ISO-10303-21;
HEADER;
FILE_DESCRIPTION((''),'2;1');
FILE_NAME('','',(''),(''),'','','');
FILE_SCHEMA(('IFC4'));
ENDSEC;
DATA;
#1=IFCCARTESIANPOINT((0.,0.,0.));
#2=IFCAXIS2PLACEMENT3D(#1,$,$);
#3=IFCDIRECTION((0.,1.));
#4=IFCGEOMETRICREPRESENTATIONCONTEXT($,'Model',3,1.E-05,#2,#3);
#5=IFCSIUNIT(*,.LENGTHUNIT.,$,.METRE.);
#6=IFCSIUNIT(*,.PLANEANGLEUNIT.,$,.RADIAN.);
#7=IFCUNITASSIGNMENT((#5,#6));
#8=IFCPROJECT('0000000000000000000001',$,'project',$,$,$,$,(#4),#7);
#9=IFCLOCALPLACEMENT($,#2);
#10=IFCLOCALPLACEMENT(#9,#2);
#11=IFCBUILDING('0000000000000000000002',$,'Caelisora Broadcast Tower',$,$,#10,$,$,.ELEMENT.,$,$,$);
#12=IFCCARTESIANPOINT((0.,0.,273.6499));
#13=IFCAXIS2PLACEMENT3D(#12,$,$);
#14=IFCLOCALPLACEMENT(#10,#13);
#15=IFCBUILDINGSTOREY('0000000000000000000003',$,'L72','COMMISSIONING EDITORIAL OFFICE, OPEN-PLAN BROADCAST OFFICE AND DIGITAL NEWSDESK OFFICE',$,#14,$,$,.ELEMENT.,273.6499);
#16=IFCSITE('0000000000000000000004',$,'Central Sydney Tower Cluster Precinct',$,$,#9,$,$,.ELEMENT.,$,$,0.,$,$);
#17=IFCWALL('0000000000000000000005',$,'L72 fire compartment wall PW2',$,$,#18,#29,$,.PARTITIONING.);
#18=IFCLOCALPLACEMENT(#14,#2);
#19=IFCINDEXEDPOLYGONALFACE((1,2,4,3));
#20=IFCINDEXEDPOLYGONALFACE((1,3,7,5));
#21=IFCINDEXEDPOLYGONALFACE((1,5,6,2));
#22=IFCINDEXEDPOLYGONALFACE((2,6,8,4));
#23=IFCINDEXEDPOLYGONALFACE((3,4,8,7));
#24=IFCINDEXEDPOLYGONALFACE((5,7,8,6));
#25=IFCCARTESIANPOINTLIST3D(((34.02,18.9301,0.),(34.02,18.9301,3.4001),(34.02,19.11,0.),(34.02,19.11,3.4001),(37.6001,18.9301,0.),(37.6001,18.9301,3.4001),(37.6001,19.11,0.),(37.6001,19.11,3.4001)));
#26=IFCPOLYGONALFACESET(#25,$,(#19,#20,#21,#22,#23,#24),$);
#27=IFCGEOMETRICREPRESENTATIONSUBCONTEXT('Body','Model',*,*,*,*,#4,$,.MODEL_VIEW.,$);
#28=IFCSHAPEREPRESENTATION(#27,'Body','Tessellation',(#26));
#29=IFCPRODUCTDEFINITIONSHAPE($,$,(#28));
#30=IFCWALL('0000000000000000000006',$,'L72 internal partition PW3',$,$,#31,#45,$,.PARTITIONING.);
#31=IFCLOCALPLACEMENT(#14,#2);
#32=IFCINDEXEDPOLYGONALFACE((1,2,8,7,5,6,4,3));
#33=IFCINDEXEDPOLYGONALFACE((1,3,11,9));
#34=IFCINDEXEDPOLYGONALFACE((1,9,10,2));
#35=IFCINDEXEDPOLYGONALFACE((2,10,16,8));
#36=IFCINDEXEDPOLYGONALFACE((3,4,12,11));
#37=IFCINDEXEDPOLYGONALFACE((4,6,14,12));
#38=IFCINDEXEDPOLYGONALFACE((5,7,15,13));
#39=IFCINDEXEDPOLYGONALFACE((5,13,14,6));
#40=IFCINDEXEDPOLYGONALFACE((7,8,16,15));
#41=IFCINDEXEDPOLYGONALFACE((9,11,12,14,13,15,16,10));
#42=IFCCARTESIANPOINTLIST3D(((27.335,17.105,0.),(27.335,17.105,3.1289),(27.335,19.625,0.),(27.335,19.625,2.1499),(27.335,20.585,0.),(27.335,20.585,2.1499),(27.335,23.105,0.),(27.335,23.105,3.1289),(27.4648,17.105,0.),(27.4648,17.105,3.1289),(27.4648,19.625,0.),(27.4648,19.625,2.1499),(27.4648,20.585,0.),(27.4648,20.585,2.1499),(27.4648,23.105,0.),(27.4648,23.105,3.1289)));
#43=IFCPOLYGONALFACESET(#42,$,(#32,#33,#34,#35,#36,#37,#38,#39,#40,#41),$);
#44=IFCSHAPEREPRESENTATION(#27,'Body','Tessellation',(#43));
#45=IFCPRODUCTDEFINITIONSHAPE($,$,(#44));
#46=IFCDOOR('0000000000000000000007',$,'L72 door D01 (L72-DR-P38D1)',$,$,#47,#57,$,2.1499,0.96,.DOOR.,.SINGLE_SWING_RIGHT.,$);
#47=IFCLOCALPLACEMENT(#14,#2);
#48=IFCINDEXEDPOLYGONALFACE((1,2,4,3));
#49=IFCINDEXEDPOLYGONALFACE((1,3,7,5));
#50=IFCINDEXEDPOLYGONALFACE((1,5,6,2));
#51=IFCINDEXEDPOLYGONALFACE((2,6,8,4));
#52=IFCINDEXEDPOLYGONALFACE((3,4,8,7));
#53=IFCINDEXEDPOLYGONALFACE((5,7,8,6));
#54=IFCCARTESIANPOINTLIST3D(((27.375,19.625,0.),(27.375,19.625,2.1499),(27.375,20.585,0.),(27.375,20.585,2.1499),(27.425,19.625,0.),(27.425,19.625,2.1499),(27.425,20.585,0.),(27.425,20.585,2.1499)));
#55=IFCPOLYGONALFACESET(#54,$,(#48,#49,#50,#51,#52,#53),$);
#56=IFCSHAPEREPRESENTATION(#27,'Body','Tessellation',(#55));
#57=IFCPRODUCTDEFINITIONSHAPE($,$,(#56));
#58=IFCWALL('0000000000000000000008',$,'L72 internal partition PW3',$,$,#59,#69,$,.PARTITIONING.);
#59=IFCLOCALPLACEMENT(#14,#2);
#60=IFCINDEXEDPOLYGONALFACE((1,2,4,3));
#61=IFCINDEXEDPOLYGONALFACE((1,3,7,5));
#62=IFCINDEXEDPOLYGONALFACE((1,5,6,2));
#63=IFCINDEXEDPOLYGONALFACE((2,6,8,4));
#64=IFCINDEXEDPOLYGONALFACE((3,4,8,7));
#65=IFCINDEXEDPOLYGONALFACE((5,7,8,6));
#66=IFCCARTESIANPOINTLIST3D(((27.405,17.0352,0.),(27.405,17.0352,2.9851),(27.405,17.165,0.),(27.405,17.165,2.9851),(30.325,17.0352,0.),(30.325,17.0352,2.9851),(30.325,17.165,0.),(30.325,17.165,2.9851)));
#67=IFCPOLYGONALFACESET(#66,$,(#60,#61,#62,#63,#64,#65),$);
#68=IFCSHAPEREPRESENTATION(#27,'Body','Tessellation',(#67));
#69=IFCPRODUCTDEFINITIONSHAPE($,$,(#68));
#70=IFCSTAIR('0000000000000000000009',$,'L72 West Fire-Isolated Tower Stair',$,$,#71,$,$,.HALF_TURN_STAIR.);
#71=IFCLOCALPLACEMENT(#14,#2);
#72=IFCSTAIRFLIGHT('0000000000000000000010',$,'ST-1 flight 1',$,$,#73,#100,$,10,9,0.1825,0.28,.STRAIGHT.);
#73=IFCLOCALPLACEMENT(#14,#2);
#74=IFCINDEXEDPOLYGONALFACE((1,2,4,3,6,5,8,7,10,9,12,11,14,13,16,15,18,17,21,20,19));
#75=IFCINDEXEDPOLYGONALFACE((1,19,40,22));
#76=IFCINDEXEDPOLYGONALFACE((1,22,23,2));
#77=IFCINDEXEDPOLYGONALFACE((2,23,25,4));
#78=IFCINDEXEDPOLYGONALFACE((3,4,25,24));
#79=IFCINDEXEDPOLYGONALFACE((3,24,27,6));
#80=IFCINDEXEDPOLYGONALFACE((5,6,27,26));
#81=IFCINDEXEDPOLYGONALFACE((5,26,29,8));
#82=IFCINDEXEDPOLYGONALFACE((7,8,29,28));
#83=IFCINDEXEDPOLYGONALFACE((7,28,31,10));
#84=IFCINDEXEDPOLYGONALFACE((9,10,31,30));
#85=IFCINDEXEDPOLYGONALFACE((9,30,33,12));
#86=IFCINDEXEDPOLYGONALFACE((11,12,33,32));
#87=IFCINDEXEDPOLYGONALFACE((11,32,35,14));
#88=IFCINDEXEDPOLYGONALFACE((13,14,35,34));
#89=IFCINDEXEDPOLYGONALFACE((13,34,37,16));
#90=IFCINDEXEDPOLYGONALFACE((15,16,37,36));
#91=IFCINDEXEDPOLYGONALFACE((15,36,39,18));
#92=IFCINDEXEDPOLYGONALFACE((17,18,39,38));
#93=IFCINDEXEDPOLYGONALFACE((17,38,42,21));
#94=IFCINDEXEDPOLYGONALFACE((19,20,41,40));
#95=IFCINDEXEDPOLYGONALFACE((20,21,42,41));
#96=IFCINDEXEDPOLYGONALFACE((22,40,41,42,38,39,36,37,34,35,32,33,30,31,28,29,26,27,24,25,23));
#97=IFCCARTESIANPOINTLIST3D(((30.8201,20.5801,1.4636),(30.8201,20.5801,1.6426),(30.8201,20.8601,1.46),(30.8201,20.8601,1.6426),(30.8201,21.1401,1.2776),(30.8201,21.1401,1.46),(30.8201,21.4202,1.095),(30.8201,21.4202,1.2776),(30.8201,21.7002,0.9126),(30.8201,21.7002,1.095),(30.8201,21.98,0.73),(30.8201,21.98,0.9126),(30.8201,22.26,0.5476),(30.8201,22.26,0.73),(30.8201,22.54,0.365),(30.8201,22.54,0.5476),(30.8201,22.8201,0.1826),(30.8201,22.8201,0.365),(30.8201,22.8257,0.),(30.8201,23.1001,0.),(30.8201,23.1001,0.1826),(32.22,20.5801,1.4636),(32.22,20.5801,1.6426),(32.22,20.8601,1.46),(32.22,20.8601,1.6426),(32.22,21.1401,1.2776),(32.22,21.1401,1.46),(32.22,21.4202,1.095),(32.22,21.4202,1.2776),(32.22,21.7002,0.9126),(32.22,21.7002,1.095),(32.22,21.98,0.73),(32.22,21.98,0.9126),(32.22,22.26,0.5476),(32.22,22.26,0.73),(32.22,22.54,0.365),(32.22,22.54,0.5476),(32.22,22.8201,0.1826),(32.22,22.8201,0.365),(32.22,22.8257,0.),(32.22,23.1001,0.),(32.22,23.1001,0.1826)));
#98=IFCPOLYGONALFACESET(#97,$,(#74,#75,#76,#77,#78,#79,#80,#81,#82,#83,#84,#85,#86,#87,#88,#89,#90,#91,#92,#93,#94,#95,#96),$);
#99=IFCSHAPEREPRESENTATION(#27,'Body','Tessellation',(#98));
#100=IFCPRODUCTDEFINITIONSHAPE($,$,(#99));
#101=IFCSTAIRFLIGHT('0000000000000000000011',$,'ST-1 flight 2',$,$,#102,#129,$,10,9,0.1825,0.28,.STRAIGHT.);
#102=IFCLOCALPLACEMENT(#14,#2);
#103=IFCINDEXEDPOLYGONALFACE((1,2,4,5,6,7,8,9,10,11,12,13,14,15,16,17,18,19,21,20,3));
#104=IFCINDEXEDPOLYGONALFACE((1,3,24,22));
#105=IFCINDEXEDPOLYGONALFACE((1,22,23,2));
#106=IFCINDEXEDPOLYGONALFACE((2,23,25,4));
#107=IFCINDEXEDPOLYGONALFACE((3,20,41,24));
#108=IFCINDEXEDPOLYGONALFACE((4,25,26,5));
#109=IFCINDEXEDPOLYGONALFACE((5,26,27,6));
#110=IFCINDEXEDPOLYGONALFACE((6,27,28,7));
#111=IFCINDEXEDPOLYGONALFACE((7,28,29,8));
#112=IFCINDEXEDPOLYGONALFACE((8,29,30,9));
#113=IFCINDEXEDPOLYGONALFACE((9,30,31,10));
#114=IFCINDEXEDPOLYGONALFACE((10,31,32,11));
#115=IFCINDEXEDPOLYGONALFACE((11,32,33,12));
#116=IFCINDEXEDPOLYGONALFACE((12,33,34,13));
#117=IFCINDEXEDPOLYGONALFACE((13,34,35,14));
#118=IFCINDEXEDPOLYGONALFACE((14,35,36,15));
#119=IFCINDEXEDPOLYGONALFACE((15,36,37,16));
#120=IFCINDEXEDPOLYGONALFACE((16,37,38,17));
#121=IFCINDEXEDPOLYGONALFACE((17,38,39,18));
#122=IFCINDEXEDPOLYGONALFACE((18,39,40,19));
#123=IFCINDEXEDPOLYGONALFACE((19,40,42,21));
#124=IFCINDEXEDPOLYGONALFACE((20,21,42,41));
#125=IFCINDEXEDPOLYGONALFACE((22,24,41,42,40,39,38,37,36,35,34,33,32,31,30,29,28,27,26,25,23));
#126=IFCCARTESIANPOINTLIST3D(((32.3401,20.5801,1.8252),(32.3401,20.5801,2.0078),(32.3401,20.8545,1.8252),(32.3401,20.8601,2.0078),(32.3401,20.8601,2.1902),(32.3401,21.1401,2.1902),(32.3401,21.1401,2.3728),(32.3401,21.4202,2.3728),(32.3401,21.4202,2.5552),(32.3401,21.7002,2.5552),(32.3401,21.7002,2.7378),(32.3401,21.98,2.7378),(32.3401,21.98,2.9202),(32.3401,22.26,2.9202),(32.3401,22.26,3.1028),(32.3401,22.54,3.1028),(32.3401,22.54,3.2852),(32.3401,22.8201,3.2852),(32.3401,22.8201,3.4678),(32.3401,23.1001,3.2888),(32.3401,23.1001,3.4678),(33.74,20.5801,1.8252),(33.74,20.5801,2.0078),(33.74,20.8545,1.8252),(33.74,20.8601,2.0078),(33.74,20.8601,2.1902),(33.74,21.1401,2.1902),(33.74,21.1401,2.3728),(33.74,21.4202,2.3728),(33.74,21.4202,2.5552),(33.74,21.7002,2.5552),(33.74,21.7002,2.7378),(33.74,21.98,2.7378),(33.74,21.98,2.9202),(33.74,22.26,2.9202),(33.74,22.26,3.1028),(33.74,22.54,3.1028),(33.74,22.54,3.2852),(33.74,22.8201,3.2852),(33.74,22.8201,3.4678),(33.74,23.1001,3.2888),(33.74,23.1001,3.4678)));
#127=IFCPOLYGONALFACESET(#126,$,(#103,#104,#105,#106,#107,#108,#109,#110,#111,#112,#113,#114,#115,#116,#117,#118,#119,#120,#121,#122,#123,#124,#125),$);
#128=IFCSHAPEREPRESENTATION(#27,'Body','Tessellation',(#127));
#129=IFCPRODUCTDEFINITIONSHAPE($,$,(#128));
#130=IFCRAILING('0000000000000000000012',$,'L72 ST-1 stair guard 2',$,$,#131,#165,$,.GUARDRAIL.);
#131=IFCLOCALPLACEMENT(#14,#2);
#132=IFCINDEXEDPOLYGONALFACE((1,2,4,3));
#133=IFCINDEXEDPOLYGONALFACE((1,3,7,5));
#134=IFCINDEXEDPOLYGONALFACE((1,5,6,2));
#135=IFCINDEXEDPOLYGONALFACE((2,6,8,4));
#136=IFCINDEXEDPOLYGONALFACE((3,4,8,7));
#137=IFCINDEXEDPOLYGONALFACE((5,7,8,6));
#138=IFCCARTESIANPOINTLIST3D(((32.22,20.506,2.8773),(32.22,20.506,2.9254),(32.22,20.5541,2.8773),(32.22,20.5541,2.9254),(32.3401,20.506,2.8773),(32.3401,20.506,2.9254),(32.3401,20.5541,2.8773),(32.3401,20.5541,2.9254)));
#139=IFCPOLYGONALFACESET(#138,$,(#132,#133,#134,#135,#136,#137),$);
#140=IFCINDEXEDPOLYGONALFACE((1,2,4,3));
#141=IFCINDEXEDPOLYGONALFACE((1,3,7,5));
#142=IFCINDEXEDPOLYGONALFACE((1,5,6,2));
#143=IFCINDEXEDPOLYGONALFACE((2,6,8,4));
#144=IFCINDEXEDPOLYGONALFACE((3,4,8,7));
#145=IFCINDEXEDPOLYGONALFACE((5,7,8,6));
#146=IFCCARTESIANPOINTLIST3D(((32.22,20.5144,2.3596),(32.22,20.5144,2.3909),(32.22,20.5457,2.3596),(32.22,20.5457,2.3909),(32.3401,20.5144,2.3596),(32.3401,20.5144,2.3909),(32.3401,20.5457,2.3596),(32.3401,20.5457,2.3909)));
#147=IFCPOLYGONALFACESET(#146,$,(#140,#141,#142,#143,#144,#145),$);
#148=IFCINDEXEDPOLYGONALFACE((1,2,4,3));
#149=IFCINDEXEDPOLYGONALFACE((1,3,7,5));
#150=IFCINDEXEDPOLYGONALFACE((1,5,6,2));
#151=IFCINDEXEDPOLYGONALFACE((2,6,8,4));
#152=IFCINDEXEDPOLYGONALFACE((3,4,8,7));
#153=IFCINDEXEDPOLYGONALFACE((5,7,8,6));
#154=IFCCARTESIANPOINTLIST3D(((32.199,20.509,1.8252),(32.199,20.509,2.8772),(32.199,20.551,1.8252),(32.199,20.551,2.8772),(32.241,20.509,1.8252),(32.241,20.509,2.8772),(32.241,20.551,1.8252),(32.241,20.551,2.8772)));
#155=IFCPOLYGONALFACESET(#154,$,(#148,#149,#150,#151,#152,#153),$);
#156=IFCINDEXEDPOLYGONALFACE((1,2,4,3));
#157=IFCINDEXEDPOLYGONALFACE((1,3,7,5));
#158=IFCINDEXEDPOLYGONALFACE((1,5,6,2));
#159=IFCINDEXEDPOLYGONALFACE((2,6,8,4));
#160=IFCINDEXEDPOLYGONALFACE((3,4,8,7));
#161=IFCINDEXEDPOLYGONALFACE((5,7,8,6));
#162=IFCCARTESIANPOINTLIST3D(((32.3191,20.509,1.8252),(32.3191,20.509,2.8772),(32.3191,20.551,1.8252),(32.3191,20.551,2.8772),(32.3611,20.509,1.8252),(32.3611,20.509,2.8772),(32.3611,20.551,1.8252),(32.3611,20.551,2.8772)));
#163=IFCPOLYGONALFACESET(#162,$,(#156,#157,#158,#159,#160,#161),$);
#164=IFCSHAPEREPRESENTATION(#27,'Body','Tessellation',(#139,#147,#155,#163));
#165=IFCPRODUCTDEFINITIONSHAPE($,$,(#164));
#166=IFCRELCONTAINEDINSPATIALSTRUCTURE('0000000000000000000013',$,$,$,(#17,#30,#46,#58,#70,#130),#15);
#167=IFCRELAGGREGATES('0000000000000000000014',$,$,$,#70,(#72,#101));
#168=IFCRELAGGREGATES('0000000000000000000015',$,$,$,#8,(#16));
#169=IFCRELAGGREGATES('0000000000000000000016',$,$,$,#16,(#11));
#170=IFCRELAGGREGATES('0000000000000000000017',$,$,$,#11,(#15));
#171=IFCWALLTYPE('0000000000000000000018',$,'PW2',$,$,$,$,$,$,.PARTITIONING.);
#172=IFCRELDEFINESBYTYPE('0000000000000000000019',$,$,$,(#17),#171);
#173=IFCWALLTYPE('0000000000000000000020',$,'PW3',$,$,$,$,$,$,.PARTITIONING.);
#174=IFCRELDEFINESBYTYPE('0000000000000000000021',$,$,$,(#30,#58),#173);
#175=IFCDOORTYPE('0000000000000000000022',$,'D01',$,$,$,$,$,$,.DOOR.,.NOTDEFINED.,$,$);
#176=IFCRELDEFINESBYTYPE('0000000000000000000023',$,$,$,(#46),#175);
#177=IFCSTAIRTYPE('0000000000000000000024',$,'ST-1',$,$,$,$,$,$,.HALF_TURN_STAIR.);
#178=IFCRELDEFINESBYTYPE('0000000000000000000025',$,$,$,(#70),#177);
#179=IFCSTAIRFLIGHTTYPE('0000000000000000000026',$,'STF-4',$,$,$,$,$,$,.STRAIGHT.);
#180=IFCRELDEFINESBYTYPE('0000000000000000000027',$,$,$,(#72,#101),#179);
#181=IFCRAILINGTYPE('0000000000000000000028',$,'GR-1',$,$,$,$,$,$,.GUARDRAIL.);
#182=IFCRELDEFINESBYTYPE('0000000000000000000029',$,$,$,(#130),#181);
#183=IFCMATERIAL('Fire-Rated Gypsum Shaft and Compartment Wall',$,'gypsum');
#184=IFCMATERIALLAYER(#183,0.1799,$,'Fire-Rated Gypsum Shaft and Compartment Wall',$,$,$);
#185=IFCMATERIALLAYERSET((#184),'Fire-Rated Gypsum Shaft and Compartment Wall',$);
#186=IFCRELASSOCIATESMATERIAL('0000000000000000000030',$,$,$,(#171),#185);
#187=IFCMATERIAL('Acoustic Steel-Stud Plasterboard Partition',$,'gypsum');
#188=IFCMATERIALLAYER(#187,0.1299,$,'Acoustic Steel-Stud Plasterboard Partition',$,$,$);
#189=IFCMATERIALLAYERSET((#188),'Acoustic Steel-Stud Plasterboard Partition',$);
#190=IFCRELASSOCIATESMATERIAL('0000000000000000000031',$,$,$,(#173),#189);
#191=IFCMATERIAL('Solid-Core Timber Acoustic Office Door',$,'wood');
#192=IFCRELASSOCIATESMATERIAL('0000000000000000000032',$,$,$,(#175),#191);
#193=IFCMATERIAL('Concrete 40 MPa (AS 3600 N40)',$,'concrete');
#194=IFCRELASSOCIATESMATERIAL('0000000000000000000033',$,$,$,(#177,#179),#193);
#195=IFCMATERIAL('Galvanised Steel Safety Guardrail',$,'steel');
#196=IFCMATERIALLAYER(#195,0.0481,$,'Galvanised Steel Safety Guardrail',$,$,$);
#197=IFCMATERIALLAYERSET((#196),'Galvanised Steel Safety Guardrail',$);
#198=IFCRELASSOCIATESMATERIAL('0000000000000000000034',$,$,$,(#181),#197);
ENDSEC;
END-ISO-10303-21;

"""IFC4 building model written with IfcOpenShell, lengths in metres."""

from ifc_helpers import new_model, si_unit, direction, frame, frame_2d, origin, origin_2d, place, context, subcontext, project, spatial, polyline, rectangle, outline, extrude, material, layer, layer_set, type_object, element, fill, aggregate, save


model = new_model("IFC4")

# Units and contexts
model_context = context("Model", 3, precision=1e-05, world=origin(), true_north=direction((0.0, 1.0)))
body_context = subcontext(model_context, "Body", "Model", "MODEL_VIEW")
ifc_project = project(units=[si_unit("LENGTHUNIT", "METRE"), si_unit("PLANEANGLEUNIT", "RADIAN")], contexts=[model_context])

# Site, building, storey
site_placement = place(None, origin())
site = spatial("IfcSite", under=ifc_project, at=site_placement, Name="Central Sydney Tower Cluster Precinct", CompositionType="ELEMENT", RefElevation=0.0)
building_placement = place(site_placement, origin())
building = spatial("IfcBuilding", under=site, at=building_placement, Name="Caelisora Broadcast Tower", CompositionType="ELEMENT")
storey_placement = place(building_placement, frame((0.0, 0.0, 273.6499)))
storey = spatial("IfcBuildingStorey", under=building, at=storey_placement, Name="L72", Description="COMMISSIONING EDITORIAL OFFICE, OPEN-PLAN BROADCAST OFFICE AND DIGITAL NEWSDESK OFFICE", CompositionType="ELEMENT", Elevation=273.6499)

# Wall
ifc_material_1 = material(Name="Concrete 40 MPa (AS 3600 N40)", Category="concrete")
ifc_material_2 = material(Name="Fire-Rated Gypsum Shaft and Compartment Wall", Category="gypsum")
ifc_layer_1 = layer(ifc_material_2, 0.1799, Name="Fire-Rated Gypsum Shaft and Compartment Wall")
ifc_layer_set_1 = layer_set([ifc_layer_1], Name="Fire-Rated Gypsum Shaft and Compartment Wall")
wall_type_1 = type_object("IfcWallType", Name="PW2", PredefinedType="PARTITIONING", material=ifc_layer_set_1)
wall_1_placement = place(storey_placement, frame((34.02, 19.02, 0.0), z_axis=(0.0, 0.0, 1.0), x_axis=(1.0, 0.0, 0.0)))
element("IfcWall", 1, at=wall_1_placement, inside=storey, type_object=wall_type_1, Name="L72 fire compartment wall PW2", PredefinedType="PARTITIONING", context=body_context, shape_type="SweptSolid", body=[
    extrude(rectangle(XDim=3.5801, YDim=0.1799, at=frame_2d((1.79, 0.0))), origin(), (0.0, 0.0, 1.0), 3.4001),
])

# Wall, opening, door
ifc_material_3 = material(Name="Acoustic Steel-Stud Plasterboard Partition", Category="gypsum")
ifc_layer_2 = layer(ifc_material_3, 0.1299, Name="Acoustic Steel-Stud Plasterboard Partition")
ifc_layer_set_2 = layer_set([ifc_layer_2], Name="Acoustic Steel-Stud Plasterboard Partition")
wall_type_2 = type_object("IfcWallType", Name="PW3", PredefinedType="PARTITIONING", material=ifc_layer_set_2)
wall_2_placement = place(storey_placement, frame((27.3999, 17.105, 0.0), z_axis=(0.0, 0.0, 1.0), x_axis=(0.0, 1.0, 0.0)))
wall_2 = element("IfcWall", 2, at=wall_2_placement, inside=storey, type_object=wall_type_2, Name="L72 internal partition PW3", PredefinedType="PARTITIONING", context=body_context, shape_type="SweptSolid", body=[
    extrude(rectangle(XDim=6.0, YDim=0.1299, at=frame_2d((3.0, 0.0))), origin(), (0.0, 0.0, 1.0), 3.1289),
])
opening_placement = place(wall_2_placement, frame((2.52, 0.0, 0.0)))
opening = element("IfcOpeningElement", 3, at=opening_placement, cuts=wall_2, PredefinedType="OPENING", context=body_context, shape_type="SweptSolid", body=[
    extrude(rectangle(XDim=0.96, YDim=2.1499, at=frame_2d((0.48, 1.075))), frame((0.0, 0.0769, 0.0), z_axis=(0.0, -1.0, 0.0), x_axis=(1.0, 0.0, 0.0)), (0.0, 0.0, 1.0), 0.1538),
])
ifc_material_4 = material(Name="Solid-Core Timber Acoustic Office Door", Category="wood")
door_type = type_object("IfcDoorType", Name="D01", OperationType="NOTDEFINED", PredefinedType="DOOR", material=ifc_material_4)
door_placement = place(opening_placement, origin())
door = element("IfcDoor", 4, at=door_placement, inside=storey, type_object=door_type, Name="L72 door D01 (L72-DR-P38D1)", OperationType="SINGLE_SWING_RIGHT", OverallHeight=2.1499, OverallWidth=0.96, PredefinedType="DOOR", context=body_context, shape_type="SweptSolid", body=[
    extrude(rectangle(XDim=0.96, YDim=2.1499, at=frame_2d((0.48, 1.075))), frame((0.0, 0.0249, 0.0), z_axis=(0.0, -1.0, 0.0), x_axis=(1.0, 0.0, 0.0)), (0.0, 0.0, 1.0), 0.05),
])
fill(opening, door)

# Wall
wall_3_placement = place(storey_placement, frame((30.325, 17.1001, 0.0), z_axis=(0.0, 0.0, 1.0), x_axis=(-1.0, 0.0, 0.0)))
element("IfcWall", 5, at=wall_3_placement, inside=storey, type_object=wall_type_2, Name="L72 internal partition PW3", PredefinedType="PARTITIONING", context=body_context, shape_type="SweptSolid", body=[
    extrude(rectangle(XDim=2.9199, YDim=0.1299, at=frame_2d((1.46, 0.0))), origin(), (0.0, 0.0, 1.0), 2.9851),
])

# Stair, stair flights
stair_type = type_object("IfcStairType", Name="ST-1", PredefinedType="HALF_TURN_STAIR", material=ifc_material_1)
stair_placement = place(storey_placement, origin())
stair = element("IfcStair", 6, at=stair_placement, inside=storey, type_object=stair_type, Name="L72 West Fire-Isolated Tower Stair", PredefinedType="HALF_TURN_STAIR")
stair_flight_type = type_object("IfcStairFlightType", Name="STF-4", PredefinedType="STRAIGHT", material=ifc_material_1)
stair_flight_1_placement = place(storey_placement, frame((31.52, 23.1001, 0.0), z_axis=(0.0, 0.0, 1.0), x_axis=(0.0, -1.0, 0.0)))
stair_flight_1 = element("IfcStairFlight", 7, at=stair_flight_1_placement, type_object=stair_flight_type, Name="ST-1 flight 1", NumberOfRisers=10, NumberOfTreads=9, PredefinedType="STRAIGHT", RiserHeight=0.1825, TreadLength=0.28, context=body_context, shape_type="SweptSolid", body=[
    extrude(outline(polyline([(0.0, 0.0), (0.0, 0.1826), (0.28, 0.1826), (0.28, 0.365), (0.5601, 0.365), (0.5601, 0.5476), (0.8401, 0.5476), (0.8401, 0.73), (1.1201, 0.73), (1.1201, 0.9126), (1.3999, 0.9126), (1.3999, 1.095), (1.6799, 1.095), (1.6799, 1.2776), (1.96, 1.2776), (1.96, 1.46), (2.24, 1.46), (2.24, 1.6426), (2.52, 1.6426), (2.52, 1.825), (2.52, 1.4636), (0.2744, 0.0), (0.0, 0.0)])), frame((0.0, 0.7, 0.0), z_axis=(0.0, -1.0, 0.0), x_axis=(1.0, 0.0, 0.0)), (0.0, 0.0, 1.0), 1.3999),
])
stair_flight_2_placement = place(storey_placement, frame((33.04, 20.5801, 1.8252), z_axis=(0.0, 0.0, 1.0), x_axis=(0.0, 1.0, 0.0)))
stair_flight_2 = element("IfcStairFlight", 8, at=stair_flight_2_placement, type_object=stair_flight_type, Name="ST-1 flight 2", NumberOfRisers=10, NumberOfTreads=9, PredefinedType="STRAIGHT", RiserHeight=0.1825, TreadLength=0.28, context=body_context, shape_type="SweptSolid", body=[
    extrude(outline(polyline([(0.0, 0.0), (0.0, 0.1826), (0.28, 0.1826), (0.28, 0.365), (0.5601, 0.365), (0.5601, 0.5476), (0.8401, 0.5476), (0.8401, 0.73), (1.1201, 0.73), (1.1201, 0.9126), (1.3999, 0.9126), (1.3999, 1.095), (1.6799, 1.095), (1.6799, 1.2776), (1.96, 1.2776), (1.96, 1.46), (2.24, 1.46), (2.24, 1.6426), (2.52, 1.6426), (2.52, 1.825), (2.52, 1.4636), (0.2744, 0.0), (0.0, 0.0)])), frame((0.0, 0.7, 0.0), z_axis=(0.0, -1.0, 0.0), x_axis=(1.0, 0.0, 0.0)), (0.0, 0.0, 1.0), 1.3999),
])
aggregate(stair, [stair_flight_1, stair_flight_2])

# Railing
ifc_material_5 = material(Name="Galvanised Steel Safety Guardrail", Category="steel")
ifc_layer_3 = layer(ifc_material_5, 0.0481, Name="Galvanised Steel Safety Guardrail")
ifc_layer_set_3 = layer_set([ifc_layer_3], Name="Galvanised Steel Safety Guardrail")
railing_type_1 = type_object("IfcRailingType", Name="GR-1", PredefinedType="GUARDRAIL", material=ifc_layer_set_3)
railing_1_placement = place(storey_placement, frame((32.22, 20.53, 1.8252)))
element("IfcRailing", 9, at=railing_1_placement, inside=storey, type_object=railing_type_1, Name="L72 ST-1 stair guard 2", PredefinedType="GUARDRAIL", context=body_context, shape_type="SweptSolid", body=[
    extrude(rectangle(XDim=0.0481, YDim=0.0481, at=origin_2d()), frame((0.0, 0.0, 1.0762), z_axis=(1.0, 0.0, 0.0), x_axis=(0.0, 1.0, 0.0)), (0.0, 0.0, 1.0), 0.1201),
    extrude(rectangle(XDim=0.0312, YDim=0.0312, at=origin_2d()), frame((0.0, 0.0, 0.55), z_axis=(1.0, 0.0, 0.0), x_axis=(0.0, 1.0, 0.0)), (0.0, 0.0, 1.0), 0.1201),
    extrude(rectangle(XDim=0.042, YDim=0.042, at=origin_2d()), origin(), (0.0, 0.0, 1.0), 1.052),
    extrude(rectangle(XDim=0.042, YDim=0.042, at=origin_2d()), frame((0.1201, 0.0, 0.0)), (0.0, 0.0, 1.0), 1.052),
])

save(model, "model.ifc")
